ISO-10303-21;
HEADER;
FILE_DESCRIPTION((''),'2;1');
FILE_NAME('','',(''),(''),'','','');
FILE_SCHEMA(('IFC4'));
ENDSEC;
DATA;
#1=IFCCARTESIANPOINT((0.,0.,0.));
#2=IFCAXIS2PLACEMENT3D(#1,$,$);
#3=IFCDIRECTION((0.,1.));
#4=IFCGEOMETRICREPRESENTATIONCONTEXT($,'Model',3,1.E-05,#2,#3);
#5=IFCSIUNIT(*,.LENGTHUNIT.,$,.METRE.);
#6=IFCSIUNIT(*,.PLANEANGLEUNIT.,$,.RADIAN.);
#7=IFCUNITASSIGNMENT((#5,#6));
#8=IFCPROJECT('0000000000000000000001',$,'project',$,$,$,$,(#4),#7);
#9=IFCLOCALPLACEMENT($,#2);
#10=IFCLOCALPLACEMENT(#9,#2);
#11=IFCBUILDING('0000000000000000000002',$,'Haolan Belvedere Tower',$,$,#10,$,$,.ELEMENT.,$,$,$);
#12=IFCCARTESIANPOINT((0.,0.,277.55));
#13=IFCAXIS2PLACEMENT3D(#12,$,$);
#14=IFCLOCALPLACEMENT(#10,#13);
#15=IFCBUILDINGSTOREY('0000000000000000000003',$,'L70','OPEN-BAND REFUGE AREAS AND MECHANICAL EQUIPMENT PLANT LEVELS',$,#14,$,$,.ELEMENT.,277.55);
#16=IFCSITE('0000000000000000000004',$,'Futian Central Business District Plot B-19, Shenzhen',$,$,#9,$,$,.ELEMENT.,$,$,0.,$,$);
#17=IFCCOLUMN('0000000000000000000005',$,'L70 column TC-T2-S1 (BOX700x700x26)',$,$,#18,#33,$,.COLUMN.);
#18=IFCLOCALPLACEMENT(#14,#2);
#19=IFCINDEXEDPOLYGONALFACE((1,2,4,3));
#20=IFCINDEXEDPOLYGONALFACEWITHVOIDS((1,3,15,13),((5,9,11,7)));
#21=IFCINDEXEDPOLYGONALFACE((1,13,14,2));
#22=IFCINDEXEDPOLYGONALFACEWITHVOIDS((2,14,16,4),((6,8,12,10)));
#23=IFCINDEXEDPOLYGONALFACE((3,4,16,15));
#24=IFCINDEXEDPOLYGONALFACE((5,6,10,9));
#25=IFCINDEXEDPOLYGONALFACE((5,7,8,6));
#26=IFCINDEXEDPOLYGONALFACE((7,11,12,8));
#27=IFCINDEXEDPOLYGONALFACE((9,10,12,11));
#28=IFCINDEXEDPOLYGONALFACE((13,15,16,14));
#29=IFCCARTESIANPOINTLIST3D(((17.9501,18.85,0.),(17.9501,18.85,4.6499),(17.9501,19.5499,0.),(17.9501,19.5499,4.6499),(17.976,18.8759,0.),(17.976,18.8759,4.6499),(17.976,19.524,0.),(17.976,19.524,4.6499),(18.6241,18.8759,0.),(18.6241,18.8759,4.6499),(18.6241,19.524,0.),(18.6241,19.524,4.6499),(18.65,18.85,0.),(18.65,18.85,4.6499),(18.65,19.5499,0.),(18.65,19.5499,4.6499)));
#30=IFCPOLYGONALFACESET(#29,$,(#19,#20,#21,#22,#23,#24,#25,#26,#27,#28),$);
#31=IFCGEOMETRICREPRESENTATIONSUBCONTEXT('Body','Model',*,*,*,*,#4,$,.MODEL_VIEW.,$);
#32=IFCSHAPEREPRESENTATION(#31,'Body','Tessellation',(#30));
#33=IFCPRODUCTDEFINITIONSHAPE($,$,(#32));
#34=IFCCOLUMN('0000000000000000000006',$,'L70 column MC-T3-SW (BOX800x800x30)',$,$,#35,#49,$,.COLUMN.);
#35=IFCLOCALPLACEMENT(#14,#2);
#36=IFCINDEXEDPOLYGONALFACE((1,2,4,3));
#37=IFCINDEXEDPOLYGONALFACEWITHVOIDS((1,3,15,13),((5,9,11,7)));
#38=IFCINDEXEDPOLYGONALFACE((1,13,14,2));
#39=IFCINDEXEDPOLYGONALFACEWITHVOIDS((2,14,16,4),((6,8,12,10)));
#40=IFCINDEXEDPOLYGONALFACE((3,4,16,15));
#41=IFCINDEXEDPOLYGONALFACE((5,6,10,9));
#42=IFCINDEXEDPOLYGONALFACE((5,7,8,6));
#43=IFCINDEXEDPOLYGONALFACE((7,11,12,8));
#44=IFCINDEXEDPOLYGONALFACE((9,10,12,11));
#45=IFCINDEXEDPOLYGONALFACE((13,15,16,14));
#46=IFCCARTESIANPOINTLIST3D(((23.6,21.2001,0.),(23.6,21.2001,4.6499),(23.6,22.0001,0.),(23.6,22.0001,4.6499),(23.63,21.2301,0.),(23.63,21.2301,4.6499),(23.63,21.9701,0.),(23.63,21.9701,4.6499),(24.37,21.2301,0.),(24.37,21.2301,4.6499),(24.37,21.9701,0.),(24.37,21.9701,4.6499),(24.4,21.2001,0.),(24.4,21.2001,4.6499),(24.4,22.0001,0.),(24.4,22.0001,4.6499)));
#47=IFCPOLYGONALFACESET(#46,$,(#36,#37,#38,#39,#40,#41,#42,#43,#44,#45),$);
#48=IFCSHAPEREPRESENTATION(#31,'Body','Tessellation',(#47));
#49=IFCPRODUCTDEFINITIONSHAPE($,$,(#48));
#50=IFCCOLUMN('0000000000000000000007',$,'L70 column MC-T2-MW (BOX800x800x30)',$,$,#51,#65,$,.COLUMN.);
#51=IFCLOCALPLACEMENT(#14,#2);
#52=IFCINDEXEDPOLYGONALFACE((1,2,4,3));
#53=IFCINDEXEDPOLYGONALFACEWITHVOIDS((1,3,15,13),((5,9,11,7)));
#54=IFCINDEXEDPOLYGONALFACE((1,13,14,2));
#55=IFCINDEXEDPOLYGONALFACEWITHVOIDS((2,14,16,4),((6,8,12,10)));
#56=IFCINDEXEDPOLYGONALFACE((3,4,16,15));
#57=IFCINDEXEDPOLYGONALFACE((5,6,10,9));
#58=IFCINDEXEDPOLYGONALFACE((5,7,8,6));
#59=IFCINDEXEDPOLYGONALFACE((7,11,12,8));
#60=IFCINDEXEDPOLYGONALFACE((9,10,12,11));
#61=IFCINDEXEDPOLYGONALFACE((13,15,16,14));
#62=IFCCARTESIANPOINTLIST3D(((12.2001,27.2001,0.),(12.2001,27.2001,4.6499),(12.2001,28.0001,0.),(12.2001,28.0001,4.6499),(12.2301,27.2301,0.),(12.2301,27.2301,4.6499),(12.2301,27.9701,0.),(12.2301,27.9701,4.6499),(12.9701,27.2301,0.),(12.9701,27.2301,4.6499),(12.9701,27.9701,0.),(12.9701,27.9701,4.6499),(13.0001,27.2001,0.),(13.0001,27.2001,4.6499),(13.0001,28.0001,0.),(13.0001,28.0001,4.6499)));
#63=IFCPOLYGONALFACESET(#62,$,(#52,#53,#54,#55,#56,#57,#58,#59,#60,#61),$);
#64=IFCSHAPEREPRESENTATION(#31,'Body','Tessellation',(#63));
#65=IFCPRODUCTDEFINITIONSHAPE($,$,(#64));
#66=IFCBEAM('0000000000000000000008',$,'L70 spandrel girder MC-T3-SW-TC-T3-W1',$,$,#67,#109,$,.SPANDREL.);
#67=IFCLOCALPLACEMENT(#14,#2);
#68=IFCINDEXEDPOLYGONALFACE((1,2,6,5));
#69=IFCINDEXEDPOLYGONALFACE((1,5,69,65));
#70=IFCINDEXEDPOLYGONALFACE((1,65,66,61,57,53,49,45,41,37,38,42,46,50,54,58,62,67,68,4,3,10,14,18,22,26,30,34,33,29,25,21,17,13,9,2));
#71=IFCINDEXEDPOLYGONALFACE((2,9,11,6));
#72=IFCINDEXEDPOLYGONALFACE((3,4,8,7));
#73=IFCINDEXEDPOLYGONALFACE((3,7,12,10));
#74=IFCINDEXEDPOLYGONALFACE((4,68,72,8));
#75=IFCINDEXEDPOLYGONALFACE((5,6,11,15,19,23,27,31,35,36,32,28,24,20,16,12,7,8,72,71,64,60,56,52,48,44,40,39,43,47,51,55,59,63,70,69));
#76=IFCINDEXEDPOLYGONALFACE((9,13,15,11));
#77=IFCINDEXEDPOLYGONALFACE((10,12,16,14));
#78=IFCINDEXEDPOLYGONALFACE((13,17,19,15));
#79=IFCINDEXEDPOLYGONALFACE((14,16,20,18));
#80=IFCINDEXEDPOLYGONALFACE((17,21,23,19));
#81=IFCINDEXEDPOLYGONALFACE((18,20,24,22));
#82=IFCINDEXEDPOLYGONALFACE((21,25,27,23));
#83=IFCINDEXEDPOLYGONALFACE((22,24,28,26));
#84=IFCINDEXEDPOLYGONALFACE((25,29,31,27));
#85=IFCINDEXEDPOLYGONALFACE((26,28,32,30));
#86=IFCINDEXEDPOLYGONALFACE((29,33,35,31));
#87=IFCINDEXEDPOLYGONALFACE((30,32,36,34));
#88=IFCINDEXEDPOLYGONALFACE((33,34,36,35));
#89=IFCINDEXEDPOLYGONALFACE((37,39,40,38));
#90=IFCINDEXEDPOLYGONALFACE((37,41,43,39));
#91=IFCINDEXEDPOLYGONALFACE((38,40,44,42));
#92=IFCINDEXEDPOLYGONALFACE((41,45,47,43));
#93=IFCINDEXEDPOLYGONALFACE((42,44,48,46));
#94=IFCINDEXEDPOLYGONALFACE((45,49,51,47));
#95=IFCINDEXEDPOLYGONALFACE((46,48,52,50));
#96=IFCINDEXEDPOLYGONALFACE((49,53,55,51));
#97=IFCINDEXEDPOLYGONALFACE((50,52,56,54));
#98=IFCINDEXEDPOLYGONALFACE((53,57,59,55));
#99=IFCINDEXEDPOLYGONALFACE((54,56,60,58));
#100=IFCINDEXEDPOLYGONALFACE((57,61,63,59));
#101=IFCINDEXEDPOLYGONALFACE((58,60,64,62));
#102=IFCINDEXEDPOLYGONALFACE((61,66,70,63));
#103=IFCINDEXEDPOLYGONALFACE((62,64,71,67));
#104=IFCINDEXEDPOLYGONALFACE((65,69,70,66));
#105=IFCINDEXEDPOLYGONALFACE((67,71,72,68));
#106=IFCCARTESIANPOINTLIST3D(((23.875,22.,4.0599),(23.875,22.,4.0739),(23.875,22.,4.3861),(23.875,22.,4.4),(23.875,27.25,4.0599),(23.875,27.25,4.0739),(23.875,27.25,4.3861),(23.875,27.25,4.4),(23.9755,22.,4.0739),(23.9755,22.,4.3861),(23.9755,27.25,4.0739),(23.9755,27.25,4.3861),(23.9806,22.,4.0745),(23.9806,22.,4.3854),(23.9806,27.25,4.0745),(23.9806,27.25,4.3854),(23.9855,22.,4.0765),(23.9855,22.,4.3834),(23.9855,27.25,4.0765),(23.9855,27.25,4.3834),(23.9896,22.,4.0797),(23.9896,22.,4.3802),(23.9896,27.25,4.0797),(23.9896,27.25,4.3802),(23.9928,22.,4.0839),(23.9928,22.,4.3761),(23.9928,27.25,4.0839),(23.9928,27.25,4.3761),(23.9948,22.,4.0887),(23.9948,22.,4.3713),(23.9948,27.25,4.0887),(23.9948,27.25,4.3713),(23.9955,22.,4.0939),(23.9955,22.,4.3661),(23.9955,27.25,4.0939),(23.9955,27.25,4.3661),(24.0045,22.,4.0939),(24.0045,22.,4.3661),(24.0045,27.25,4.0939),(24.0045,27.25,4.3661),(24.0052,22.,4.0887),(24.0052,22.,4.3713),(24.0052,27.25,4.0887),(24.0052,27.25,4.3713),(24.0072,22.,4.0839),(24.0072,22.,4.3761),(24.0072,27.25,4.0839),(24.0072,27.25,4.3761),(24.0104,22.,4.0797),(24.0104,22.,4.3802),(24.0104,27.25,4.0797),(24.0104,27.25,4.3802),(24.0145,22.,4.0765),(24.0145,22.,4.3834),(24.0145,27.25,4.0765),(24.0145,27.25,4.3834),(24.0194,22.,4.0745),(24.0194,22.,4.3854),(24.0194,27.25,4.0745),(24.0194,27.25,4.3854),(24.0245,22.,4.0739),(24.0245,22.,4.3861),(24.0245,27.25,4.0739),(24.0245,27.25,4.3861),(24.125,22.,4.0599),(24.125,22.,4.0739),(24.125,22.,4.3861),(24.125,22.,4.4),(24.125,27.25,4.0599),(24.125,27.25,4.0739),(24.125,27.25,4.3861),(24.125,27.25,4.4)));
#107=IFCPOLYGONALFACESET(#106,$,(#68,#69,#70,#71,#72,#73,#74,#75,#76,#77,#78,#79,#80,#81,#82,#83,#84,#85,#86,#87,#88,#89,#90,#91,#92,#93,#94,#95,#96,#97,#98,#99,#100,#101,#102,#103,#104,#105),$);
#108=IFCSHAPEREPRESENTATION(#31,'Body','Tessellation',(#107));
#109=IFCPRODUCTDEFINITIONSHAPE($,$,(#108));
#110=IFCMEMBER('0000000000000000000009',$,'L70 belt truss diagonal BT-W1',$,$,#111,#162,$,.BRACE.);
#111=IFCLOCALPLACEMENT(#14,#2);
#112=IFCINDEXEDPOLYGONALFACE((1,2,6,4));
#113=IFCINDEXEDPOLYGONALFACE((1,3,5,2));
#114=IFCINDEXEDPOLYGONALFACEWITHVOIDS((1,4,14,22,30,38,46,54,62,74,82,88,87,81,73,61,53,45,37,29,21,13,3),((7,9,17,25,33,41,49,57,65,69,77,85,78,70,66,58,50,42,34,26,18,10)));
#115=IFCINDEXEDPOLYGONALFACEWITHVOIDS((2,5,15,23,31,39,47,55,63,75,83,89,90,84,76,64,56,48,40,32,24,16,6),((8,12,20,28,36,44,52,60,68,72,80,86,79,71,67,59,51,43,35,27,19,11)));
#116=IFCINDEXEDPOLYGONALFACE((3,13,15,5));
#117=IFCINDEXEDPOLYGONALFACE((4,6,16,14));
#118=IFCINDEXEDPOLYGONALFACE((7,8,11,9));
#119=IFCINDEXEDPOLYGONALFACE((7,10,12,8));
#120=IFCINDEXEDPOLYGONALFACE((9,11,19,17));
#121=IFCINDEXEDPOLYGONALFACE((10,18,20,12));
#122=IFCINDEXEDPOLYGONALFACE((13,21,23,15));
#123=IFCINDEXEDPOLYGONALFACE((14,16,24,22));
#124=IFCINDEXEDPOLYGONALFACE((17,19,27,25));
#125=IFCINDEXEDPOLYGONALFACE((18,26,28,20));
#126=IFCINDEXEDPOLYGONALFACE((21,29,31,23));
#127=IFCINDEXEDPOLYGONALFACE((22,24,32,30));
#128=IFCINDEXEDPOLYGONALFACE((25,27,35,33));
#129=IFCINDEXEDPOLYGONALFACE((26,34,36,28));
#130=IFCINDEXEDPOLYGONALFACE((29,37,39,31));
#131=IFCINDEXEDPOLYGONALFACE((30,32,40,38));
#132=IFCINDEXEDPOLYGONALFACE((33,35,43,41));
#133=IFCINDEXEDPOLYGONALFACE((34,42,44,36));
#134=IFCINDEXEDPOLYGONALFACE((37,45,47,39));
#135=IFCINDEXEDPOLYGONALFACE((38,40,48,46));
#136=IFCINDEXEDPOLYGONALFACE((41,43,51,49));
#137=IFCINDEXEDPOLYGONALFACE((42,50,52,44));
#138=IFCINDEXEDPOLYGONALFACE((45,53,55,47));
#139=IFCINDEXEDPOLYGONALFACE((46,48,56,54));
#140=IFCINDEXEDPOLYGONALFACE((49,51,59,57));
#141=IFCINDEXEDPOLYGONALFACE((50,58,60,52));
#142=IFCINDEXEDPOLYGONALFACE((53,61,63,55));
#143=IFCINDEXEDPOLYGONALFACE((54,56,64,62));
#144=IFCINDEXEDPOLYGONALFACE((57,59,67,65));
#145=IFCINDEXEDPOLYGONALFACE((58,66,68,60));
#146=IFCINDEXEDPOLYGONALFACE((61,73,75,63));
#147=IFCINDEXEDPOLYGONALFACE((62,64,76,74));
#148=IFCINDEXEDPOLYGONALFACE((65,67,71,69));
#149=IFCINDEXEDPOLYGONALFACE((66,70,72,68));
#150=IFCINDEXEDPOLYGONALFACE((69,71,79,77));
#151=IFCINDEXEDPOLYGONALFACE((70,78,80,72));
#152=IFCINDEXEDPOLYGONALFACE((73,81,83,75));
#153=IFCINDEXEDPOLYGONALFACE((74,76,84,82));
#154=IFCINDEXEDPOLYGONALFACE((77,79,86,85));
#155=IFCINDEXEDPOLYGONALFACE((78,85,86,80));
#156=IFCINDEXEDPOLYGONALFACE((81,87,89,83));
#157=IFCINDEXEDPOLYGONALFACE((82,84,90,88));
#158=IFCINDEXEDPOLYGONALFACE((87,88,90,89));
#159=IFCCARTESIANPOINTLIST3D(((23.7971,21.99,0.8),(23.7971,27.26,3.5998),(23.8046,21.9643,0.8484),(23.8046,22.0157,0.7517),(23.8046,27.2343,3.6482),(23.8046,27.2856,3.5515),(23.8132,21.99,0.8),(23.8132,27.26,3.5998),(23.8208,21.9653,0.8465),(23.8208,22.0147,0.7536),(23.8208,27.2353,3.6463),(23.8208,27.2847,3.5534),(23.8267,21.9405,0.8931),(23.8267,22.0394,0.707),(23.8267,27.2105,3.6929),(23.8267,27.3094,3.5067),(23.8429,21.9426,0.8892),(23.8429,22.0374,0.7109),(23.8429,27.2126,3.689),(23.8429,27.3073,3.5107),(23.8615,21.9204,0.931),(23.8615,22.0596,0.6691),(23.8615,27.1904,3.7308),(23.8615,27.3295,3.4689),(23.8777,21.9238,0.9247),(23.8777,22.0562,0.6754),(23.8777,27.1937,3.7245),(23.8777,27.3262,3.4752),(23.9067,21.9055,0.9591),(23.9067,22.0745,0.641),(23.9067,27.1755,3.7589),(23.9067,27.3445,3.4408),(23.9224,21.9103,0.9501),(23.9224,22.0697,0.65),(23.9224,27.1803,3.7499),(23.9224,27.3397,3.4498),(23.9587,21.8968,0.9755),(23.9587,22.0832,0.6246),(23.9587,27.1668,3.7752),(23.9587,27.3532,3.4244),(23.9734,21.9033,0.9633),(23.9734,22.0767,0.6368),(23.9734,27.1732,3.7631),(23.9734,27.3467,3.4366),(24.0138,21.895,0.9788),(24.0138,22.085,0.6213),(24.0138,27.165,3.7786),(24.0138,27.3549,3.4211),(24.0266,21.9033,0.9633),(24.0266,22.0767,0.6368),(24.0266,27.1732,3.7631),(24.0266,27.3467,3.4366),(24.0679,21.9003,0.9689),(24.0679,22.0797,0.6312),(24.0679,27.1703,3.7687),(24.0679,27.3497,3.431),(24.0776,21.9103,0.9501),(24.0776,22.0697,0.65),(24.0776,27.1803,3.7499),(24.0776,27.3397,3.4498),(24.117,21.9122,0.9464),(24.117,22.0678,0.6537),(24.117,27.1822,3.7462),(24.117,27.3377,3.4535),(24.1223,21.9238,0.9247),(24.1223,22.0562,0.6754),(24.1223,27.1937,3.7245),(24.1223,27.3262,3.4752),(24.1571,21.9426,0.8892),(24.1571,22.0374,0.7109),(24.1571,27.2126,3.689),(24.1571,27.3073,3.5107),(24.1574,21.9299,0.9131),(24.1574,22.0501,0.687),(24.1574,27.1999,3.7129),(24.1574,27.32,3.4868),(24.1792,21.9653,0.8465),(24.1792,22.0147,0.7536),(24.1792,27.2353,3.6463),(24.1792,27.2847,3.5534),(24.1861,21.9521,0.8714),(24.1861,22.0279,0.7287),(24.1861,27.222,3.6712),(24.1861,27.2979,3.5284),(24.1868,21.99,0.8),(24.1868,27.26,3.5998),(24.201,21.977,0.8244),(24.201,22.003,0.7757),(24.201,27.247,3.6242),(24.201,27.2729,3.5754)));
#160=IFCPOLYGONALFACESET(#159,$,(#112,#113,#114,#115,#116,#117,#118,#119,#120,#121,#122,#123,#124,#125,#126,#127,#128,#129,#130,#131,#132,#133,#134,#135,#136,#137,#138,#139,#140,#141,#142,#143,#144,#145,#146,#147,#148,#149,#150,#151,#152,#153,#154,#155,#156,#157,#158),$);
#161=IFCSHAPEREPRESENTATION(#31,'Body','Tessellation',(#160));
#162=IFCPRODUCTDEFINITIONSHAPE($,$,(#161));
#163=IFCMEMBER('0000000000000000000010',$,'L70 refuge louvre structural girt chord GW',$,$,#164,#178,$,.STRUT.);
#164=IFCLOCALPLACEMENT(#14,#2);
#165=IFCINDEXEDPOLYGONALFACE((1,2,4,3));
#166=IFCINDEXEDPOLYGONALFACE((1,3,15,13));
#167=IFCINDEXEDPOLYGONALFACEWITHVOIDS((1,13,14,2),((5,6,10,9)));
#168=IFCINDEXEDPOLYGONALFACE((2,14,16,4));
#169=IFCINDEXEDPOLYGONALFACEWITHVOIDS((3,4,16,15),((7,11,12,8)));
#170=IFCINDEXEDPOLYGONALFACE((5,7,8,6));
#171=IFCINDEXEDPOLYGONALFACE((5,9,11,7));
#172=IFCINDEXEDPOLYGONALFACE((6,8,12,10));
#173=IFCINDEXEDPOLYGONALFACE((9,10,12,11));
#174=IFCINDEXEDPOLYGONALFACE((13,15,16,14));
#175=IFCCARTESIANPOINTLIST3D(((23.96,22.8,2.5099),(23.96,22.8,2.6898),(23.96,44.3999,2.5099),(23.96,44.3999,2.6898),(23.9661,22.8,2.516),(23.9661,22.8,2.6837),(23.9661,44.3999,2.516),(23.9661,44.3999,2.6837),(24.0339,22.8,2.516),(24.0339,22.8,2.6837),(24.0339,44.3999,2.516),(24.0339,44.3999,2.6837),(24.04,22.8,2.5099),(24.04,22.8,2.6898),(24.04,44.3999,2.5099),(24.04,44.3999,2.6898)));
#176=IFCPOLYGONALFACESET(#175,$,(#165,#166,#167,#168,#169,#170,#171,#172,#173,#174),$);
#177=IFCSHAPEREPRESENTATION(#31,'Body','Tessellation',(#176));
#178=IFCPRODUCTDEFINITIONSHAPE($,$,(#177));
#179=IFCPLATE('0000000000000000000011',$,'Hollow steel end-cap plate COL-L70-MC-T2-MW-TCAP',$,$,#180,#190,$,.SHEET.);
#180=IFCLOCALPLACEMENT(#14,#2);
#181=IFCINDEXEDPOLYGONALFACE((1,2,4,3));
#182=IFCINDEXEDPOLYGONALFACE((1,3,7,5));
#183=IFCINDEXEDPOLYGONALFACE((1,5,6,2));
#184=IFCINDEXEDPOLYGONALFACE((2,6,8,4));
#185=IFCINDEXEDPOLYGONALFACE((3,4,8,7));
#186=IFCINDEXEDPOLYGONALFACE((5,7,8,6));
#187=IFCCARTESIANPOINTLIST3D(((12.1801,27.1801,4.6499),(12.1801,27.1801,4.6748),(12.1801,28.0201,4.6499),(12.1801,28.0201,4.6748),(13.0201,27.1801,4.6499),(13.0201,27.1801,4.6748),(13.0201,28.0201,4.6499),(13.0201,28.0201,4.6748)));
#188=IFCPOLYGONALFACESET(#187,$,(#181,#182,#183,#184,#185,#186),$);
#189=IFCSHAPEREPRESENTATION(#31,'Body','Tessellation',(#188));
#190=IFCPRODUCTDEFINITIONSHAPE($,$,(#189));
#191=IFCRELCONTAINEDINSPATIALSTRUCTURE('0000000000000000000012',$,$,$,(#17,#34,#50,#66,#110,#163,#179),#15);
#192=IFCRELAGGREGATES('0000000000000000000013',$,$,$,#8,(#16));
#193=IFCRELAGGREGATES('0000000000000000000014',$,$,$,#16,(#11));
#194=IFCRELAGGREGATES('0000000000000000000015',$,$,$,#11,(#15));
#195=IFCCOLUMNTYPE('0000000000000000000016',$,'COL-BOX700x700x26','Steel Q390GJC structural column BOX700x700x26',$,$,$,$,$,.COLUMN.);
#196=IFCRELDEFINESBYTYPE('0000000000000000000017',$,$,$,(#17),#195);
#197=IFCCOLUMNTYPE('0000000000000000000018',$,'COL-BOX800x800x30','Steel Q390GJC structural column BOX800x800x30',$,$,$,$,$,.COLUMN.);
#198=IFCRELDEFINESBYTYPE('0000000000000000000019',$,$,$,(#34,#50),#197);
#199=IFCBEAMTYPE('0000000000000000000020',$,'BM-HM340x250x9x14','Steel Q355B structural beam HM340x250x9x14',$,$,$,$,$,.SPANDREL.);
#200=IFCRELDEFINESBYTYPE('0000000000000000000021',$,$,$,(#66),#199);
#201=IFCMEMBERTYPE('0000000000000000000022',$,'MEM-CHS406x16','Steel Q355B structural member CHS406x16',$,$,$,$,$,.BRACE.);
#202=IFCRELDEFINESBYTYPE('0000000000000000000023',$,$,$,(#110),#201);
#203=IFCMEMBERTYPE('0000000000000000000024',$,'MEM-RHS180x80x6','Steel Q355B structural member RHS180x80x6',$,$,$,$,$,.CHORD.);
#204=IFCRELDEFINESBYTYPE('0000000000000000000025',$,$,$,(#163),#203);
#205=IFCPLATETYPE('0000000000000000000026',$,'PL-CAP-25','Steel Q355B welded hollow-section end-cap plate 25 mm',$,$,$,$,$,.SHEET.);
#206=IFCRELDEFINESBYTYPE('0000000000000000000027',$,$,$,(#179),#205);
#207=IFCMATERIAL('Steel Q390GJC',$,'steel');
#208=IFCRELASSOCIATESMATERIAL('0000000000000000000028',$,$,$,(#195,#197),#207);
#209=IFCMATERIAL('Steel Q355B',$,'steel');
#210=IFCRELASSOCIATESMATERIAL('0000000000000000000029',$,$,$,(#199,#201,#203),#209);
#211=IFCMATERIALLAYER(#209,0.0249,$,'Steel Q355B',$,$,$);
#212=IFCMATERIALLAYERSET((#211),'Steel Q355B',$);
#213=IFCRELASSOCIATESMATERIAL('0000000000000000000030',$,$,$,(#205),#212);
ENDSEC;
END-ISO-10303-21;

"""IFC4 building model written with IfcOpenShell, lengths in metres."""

from ifc_helpers import new_model, si_unit, direction, frame, origin, origin_2d, place, context, subcontext, project, spatial, rectangle, hollow_rectangle, hollow_circle, i_section, extrude, material, layer, layer_set, material_profile, profile_set, type_object, element, save


model = new_model("IFC4")

# Units and contexts
model_context = context("Model", 3, precision=1e-05, world=origin(), true_north=direction((0.0, 1.0)))
body_context = subcontext(model_context, "Body", "Model", "MODEL_VIEW")
ifc_project = project(units=[si_unit("LENGTHUNIT", "METRE"), si_unit("PLANEANGLEUNIT", "RADIAN")], contexts=[model_context])

# Site, building, storey
site_placement = place(None, origin())
site = spatial("IfcSite", under=ifc_project, at=site_placement, Name="Futian Central Business District Plot B-19, Shenzhen", CompositionType="ELEMENT", RefElevation=0.0)
building_placement = place(site_placement, origin())
building = spatial("IfcBuilding", under=site, at=building_placement, Name="Haolan Belvedere Tower", CompositionType="ELEMENT")
storey_placement = place(building_placement, frame((0.0, 0.0, 277.55)))
storey = spatial("IfcBuildingStorey", under=building, at=storey_placement, Name="L70", Description="OPEN-BAND REFUGE AREAS AND MECHANICAL EQUIPMENT PLANT LEVELS", CompositionType="ELEMENT", Elevation=277.55)

# Columns
ifc_material_1 = material(Name="Steel Q390GJC", Category="steel")
ifc_material_profile_1 = material_profile(ifc_material_1, hollow_rectangle(XDim=0.7, YDim=0.7, WallThickness=0.0259, at=origin_2d()), Name="Steel Q390GJC")
ifc_profile_set_1 = profile_set([ifc_material_profile_1], Name="Steel Q390GJC")
column_type_1 = type_object("IfcColumnType", Name="COL-BOX700x700x26", Description="Steel Q390GJC structural column BOX700x700x26", PredefinedType="COLUMN", material=ifc_profile_set_1)
column_placement = place(storey_placement, frame((18.3, 19.2, 0.0), z_axis=(0.0, 0.0, 1.0), x_axis=(1.0, 0.0, 0.0)))
element("IfcColumn", 1, at=column_placement, inside=storey, type_object=column_type_1, Name="L70 column TC-T2-S1 (BOX700x700x26)", PredefinedType="COLUMN", context=body_context, shape_type="SweptSolid", body=[
    extrude(hollow_rectangle(XDim=0.7, YDim=0.7, WallThickness=0.0259, at=origin_2d()), origin(), (0.0, 0.0, 1.0), 4.6499),
])
ifc_material_profile_2 = material_profile(ifc_material_1, hollow_rectangle(XDim=0.8, YDim=0.8, WallThickness=0.03, at=origin_2d()), Name="Steel Q390GJC")
ifc_profile_set_2 = profile_set([ifc_material_profile_2], Name="Steel Q390GJC")
column_type_2 = type_object("IfcColumnType", Name="COL-BOX800x800x30", Description="Steel Q390GJC structural column BOX800x800x30", PredefinedType="COLUMN", material=ifc_profile_set_2)
for number, where, z_axis, x_axis, name in (
    (2, (24.0, 21.6001, 0.0), (0.0, 0.0, 1.0), (1.0, 0.0, 0.0), "L70 column MC-T3-SW (BOX800x800x30)"),
    (3, (12.6001, 27.6001, 0.0), (0.0, 0.0, 1.0), (1.0, 0.0, 0.0), "L70 column MC-T2-MW (BOX800x800x30)"),
):
    element("IfcColumn", number, at=place(storey_placement, frame(where, z_axis=z_axis, x_axis=x_axis)), inside=storey, type_object=column_type_2, Name=name, PredefinedType="COLUMN", context=body_context, shape_type="SweptSolid", body=[
        extrude(hollow_rectangle(XDim=0.8, YDim=0.8, WallThickness=0.03, at=origin_2d()), origin(), (0.0, 0.0, 1.0), 4.6499),
    ])

# Beam
ifc_material_2 = material(Name="Steel Q355B", Category="steel")
ifc_material_profile_3 = material_profile(ifc_material_2, i_section(OverallWidth=0.25, OverallDepth=0.3401, WebThickness=0.009, FlangeThickness=0.0139, FilletRadius=0.02, at=origin_2d()), Name="Steel Q355B")
ifc_profile_set_3 = profile_set([ifc_material_profile_3], Name="Steel Q355B")
beam_type = type_object("IfcBeamType", Name="BM-HM340x250x9x14", Description="Steel Q355B structural beam HM340x250x9x14", PredefinedType="SPANDREL", material=ifc_profile_set_3)
beam_placement = place(storey_placement, frame((24.0, 22.0, 4.23), z_axis=(0.0, 1.0, 0.0), x_axis=(-1.0, 0.0, 0.0)))
element("IfcBeam", 4, at=beam_placement, inside=storey, type_object=beam_type, Name="L70 spandrel girder MC-T3-SW-TC-T3-W1", PredefinedType="SPANDREL", context=body_context, shape_type="SweptSolid", body=[
    extrude(i_section(OverallWidth=0.25, OverallDepth=0.3401, WebThickness=0.009, FlangeThickness=0.0139, FilletRadius=0.02, at=origin_2d()), origin(), (0.0, 0.0, 1.0), 5.25),
])

# Members
ifc_material_profile_4 = material_profile(ifc_material_2, hollow_circle(Radius=0.2029, WallThickness=0.0161, at=origin_2d()), Name="Steel Q355B")
ifc_profile_set_4 = profile_set([ifc_material_profile_4], Name="Steel Q355B")
member_type_1 = type_object("IfcMemberType", Name="MEM-CHS406x16", Description="Steel Q355B structural member CHS406x16", PredefinedType="BRACE", material=ifc_profile_set_4)
member_1_placement = place(storey_placement, frame((24.0, 21.99, 0.8), z_axis=(0.0, 0.883108, 0.469169), x_axis=(-1.0, 0.0, 0.0)))
element("IfcMember", 5, at=member_1_placement, inside=storey, type_object=member_type_1, Name="L70 belt truss diagonal BT-W1", PredefinedType="BRACE", context=body_context, shape_type="SweptSolid", body=[
    extrude(hollow_circle(Radius=0.2029, WallThickness=0.0161, at=origin_2d()), origin(), (0.0, 0.0, 1.0), 5.9675),
])
ifc_material_profile_5 = material_profile(ifc_material_2, hollow_rectangle(XDim=0.0801, YDim=0.1799, WallThickness=0.0061, at=origin_2d()), Name="Steel Q355B")
ifc_profile_set_5 = profile_set([ifc_material_profile_5], Name="Steel Q355B")
member_type_2 = type_object("IfcMemberType", Name="MEM-RHS180x80x6", Description="Steel Q355B structural member RHS180x80x6", PredefinedType="CHORD", material=ifc_profile_set_5)
member_2_placement = place(storey_placement, frame((24.0, 22.8, 2.5999), z_axis=(0.0, 1.0, 0.0), x_axis=(-1.0, 0.0, 0.0)))
element("IfcMember", 6, at=member_2_placement, inside=storey, type_object=member_type_2, Name="L70 refuge louvre structural girt chord GW", PredefinedType="STRUT", context=body_context, shape_type="SweptSolid", body=[
    extrude(hollow_rectangle(XDim=0.0801, YDim=0.1799, WallThickness=0.0061, at=origin_2d()), origin(), (0.0, 0.0, 1.0), 21.5999),
])

# Plate
ifc_layer_1 = layer(ifc_material_2, 0.0249, Name="Steel Q355B")
ifc_layer_set_1 = layer_set([ifc_layer_1], Name="Steel Q355B")
plate_type_1 = type_object("IfcPlateType", Name="PL-CAP-25", Description="Steel Q355B welded hollow-section end-cap plate 25 mm", PredefinedType="SHEET", material=ifc_layer_set_1)
plate_1_placement = place(storey_placement, frame((12.6001, 27.6001, 4.6499), z_axis=(0.0, 0.0, 1.0), x_axis=(1.0, 0.0, 0.0)))
element("IfcPlate", 7, at=plate_1_placement, inside=storey, type_object=plate_type_1, Name="Hollow steel end-cap plate COL-L70-MC-T2-MW-TCAP", PredefinedType="SHEET", context=body_context, shape_type="SweptSolid", body=[
    extrude(rectangle(XDim=0.8401, YDim=0.8401, at=origin_2d()), origin(), (0.0, 0.0, 1.0), 0.0249),
])

save(model, "model.ifc")
